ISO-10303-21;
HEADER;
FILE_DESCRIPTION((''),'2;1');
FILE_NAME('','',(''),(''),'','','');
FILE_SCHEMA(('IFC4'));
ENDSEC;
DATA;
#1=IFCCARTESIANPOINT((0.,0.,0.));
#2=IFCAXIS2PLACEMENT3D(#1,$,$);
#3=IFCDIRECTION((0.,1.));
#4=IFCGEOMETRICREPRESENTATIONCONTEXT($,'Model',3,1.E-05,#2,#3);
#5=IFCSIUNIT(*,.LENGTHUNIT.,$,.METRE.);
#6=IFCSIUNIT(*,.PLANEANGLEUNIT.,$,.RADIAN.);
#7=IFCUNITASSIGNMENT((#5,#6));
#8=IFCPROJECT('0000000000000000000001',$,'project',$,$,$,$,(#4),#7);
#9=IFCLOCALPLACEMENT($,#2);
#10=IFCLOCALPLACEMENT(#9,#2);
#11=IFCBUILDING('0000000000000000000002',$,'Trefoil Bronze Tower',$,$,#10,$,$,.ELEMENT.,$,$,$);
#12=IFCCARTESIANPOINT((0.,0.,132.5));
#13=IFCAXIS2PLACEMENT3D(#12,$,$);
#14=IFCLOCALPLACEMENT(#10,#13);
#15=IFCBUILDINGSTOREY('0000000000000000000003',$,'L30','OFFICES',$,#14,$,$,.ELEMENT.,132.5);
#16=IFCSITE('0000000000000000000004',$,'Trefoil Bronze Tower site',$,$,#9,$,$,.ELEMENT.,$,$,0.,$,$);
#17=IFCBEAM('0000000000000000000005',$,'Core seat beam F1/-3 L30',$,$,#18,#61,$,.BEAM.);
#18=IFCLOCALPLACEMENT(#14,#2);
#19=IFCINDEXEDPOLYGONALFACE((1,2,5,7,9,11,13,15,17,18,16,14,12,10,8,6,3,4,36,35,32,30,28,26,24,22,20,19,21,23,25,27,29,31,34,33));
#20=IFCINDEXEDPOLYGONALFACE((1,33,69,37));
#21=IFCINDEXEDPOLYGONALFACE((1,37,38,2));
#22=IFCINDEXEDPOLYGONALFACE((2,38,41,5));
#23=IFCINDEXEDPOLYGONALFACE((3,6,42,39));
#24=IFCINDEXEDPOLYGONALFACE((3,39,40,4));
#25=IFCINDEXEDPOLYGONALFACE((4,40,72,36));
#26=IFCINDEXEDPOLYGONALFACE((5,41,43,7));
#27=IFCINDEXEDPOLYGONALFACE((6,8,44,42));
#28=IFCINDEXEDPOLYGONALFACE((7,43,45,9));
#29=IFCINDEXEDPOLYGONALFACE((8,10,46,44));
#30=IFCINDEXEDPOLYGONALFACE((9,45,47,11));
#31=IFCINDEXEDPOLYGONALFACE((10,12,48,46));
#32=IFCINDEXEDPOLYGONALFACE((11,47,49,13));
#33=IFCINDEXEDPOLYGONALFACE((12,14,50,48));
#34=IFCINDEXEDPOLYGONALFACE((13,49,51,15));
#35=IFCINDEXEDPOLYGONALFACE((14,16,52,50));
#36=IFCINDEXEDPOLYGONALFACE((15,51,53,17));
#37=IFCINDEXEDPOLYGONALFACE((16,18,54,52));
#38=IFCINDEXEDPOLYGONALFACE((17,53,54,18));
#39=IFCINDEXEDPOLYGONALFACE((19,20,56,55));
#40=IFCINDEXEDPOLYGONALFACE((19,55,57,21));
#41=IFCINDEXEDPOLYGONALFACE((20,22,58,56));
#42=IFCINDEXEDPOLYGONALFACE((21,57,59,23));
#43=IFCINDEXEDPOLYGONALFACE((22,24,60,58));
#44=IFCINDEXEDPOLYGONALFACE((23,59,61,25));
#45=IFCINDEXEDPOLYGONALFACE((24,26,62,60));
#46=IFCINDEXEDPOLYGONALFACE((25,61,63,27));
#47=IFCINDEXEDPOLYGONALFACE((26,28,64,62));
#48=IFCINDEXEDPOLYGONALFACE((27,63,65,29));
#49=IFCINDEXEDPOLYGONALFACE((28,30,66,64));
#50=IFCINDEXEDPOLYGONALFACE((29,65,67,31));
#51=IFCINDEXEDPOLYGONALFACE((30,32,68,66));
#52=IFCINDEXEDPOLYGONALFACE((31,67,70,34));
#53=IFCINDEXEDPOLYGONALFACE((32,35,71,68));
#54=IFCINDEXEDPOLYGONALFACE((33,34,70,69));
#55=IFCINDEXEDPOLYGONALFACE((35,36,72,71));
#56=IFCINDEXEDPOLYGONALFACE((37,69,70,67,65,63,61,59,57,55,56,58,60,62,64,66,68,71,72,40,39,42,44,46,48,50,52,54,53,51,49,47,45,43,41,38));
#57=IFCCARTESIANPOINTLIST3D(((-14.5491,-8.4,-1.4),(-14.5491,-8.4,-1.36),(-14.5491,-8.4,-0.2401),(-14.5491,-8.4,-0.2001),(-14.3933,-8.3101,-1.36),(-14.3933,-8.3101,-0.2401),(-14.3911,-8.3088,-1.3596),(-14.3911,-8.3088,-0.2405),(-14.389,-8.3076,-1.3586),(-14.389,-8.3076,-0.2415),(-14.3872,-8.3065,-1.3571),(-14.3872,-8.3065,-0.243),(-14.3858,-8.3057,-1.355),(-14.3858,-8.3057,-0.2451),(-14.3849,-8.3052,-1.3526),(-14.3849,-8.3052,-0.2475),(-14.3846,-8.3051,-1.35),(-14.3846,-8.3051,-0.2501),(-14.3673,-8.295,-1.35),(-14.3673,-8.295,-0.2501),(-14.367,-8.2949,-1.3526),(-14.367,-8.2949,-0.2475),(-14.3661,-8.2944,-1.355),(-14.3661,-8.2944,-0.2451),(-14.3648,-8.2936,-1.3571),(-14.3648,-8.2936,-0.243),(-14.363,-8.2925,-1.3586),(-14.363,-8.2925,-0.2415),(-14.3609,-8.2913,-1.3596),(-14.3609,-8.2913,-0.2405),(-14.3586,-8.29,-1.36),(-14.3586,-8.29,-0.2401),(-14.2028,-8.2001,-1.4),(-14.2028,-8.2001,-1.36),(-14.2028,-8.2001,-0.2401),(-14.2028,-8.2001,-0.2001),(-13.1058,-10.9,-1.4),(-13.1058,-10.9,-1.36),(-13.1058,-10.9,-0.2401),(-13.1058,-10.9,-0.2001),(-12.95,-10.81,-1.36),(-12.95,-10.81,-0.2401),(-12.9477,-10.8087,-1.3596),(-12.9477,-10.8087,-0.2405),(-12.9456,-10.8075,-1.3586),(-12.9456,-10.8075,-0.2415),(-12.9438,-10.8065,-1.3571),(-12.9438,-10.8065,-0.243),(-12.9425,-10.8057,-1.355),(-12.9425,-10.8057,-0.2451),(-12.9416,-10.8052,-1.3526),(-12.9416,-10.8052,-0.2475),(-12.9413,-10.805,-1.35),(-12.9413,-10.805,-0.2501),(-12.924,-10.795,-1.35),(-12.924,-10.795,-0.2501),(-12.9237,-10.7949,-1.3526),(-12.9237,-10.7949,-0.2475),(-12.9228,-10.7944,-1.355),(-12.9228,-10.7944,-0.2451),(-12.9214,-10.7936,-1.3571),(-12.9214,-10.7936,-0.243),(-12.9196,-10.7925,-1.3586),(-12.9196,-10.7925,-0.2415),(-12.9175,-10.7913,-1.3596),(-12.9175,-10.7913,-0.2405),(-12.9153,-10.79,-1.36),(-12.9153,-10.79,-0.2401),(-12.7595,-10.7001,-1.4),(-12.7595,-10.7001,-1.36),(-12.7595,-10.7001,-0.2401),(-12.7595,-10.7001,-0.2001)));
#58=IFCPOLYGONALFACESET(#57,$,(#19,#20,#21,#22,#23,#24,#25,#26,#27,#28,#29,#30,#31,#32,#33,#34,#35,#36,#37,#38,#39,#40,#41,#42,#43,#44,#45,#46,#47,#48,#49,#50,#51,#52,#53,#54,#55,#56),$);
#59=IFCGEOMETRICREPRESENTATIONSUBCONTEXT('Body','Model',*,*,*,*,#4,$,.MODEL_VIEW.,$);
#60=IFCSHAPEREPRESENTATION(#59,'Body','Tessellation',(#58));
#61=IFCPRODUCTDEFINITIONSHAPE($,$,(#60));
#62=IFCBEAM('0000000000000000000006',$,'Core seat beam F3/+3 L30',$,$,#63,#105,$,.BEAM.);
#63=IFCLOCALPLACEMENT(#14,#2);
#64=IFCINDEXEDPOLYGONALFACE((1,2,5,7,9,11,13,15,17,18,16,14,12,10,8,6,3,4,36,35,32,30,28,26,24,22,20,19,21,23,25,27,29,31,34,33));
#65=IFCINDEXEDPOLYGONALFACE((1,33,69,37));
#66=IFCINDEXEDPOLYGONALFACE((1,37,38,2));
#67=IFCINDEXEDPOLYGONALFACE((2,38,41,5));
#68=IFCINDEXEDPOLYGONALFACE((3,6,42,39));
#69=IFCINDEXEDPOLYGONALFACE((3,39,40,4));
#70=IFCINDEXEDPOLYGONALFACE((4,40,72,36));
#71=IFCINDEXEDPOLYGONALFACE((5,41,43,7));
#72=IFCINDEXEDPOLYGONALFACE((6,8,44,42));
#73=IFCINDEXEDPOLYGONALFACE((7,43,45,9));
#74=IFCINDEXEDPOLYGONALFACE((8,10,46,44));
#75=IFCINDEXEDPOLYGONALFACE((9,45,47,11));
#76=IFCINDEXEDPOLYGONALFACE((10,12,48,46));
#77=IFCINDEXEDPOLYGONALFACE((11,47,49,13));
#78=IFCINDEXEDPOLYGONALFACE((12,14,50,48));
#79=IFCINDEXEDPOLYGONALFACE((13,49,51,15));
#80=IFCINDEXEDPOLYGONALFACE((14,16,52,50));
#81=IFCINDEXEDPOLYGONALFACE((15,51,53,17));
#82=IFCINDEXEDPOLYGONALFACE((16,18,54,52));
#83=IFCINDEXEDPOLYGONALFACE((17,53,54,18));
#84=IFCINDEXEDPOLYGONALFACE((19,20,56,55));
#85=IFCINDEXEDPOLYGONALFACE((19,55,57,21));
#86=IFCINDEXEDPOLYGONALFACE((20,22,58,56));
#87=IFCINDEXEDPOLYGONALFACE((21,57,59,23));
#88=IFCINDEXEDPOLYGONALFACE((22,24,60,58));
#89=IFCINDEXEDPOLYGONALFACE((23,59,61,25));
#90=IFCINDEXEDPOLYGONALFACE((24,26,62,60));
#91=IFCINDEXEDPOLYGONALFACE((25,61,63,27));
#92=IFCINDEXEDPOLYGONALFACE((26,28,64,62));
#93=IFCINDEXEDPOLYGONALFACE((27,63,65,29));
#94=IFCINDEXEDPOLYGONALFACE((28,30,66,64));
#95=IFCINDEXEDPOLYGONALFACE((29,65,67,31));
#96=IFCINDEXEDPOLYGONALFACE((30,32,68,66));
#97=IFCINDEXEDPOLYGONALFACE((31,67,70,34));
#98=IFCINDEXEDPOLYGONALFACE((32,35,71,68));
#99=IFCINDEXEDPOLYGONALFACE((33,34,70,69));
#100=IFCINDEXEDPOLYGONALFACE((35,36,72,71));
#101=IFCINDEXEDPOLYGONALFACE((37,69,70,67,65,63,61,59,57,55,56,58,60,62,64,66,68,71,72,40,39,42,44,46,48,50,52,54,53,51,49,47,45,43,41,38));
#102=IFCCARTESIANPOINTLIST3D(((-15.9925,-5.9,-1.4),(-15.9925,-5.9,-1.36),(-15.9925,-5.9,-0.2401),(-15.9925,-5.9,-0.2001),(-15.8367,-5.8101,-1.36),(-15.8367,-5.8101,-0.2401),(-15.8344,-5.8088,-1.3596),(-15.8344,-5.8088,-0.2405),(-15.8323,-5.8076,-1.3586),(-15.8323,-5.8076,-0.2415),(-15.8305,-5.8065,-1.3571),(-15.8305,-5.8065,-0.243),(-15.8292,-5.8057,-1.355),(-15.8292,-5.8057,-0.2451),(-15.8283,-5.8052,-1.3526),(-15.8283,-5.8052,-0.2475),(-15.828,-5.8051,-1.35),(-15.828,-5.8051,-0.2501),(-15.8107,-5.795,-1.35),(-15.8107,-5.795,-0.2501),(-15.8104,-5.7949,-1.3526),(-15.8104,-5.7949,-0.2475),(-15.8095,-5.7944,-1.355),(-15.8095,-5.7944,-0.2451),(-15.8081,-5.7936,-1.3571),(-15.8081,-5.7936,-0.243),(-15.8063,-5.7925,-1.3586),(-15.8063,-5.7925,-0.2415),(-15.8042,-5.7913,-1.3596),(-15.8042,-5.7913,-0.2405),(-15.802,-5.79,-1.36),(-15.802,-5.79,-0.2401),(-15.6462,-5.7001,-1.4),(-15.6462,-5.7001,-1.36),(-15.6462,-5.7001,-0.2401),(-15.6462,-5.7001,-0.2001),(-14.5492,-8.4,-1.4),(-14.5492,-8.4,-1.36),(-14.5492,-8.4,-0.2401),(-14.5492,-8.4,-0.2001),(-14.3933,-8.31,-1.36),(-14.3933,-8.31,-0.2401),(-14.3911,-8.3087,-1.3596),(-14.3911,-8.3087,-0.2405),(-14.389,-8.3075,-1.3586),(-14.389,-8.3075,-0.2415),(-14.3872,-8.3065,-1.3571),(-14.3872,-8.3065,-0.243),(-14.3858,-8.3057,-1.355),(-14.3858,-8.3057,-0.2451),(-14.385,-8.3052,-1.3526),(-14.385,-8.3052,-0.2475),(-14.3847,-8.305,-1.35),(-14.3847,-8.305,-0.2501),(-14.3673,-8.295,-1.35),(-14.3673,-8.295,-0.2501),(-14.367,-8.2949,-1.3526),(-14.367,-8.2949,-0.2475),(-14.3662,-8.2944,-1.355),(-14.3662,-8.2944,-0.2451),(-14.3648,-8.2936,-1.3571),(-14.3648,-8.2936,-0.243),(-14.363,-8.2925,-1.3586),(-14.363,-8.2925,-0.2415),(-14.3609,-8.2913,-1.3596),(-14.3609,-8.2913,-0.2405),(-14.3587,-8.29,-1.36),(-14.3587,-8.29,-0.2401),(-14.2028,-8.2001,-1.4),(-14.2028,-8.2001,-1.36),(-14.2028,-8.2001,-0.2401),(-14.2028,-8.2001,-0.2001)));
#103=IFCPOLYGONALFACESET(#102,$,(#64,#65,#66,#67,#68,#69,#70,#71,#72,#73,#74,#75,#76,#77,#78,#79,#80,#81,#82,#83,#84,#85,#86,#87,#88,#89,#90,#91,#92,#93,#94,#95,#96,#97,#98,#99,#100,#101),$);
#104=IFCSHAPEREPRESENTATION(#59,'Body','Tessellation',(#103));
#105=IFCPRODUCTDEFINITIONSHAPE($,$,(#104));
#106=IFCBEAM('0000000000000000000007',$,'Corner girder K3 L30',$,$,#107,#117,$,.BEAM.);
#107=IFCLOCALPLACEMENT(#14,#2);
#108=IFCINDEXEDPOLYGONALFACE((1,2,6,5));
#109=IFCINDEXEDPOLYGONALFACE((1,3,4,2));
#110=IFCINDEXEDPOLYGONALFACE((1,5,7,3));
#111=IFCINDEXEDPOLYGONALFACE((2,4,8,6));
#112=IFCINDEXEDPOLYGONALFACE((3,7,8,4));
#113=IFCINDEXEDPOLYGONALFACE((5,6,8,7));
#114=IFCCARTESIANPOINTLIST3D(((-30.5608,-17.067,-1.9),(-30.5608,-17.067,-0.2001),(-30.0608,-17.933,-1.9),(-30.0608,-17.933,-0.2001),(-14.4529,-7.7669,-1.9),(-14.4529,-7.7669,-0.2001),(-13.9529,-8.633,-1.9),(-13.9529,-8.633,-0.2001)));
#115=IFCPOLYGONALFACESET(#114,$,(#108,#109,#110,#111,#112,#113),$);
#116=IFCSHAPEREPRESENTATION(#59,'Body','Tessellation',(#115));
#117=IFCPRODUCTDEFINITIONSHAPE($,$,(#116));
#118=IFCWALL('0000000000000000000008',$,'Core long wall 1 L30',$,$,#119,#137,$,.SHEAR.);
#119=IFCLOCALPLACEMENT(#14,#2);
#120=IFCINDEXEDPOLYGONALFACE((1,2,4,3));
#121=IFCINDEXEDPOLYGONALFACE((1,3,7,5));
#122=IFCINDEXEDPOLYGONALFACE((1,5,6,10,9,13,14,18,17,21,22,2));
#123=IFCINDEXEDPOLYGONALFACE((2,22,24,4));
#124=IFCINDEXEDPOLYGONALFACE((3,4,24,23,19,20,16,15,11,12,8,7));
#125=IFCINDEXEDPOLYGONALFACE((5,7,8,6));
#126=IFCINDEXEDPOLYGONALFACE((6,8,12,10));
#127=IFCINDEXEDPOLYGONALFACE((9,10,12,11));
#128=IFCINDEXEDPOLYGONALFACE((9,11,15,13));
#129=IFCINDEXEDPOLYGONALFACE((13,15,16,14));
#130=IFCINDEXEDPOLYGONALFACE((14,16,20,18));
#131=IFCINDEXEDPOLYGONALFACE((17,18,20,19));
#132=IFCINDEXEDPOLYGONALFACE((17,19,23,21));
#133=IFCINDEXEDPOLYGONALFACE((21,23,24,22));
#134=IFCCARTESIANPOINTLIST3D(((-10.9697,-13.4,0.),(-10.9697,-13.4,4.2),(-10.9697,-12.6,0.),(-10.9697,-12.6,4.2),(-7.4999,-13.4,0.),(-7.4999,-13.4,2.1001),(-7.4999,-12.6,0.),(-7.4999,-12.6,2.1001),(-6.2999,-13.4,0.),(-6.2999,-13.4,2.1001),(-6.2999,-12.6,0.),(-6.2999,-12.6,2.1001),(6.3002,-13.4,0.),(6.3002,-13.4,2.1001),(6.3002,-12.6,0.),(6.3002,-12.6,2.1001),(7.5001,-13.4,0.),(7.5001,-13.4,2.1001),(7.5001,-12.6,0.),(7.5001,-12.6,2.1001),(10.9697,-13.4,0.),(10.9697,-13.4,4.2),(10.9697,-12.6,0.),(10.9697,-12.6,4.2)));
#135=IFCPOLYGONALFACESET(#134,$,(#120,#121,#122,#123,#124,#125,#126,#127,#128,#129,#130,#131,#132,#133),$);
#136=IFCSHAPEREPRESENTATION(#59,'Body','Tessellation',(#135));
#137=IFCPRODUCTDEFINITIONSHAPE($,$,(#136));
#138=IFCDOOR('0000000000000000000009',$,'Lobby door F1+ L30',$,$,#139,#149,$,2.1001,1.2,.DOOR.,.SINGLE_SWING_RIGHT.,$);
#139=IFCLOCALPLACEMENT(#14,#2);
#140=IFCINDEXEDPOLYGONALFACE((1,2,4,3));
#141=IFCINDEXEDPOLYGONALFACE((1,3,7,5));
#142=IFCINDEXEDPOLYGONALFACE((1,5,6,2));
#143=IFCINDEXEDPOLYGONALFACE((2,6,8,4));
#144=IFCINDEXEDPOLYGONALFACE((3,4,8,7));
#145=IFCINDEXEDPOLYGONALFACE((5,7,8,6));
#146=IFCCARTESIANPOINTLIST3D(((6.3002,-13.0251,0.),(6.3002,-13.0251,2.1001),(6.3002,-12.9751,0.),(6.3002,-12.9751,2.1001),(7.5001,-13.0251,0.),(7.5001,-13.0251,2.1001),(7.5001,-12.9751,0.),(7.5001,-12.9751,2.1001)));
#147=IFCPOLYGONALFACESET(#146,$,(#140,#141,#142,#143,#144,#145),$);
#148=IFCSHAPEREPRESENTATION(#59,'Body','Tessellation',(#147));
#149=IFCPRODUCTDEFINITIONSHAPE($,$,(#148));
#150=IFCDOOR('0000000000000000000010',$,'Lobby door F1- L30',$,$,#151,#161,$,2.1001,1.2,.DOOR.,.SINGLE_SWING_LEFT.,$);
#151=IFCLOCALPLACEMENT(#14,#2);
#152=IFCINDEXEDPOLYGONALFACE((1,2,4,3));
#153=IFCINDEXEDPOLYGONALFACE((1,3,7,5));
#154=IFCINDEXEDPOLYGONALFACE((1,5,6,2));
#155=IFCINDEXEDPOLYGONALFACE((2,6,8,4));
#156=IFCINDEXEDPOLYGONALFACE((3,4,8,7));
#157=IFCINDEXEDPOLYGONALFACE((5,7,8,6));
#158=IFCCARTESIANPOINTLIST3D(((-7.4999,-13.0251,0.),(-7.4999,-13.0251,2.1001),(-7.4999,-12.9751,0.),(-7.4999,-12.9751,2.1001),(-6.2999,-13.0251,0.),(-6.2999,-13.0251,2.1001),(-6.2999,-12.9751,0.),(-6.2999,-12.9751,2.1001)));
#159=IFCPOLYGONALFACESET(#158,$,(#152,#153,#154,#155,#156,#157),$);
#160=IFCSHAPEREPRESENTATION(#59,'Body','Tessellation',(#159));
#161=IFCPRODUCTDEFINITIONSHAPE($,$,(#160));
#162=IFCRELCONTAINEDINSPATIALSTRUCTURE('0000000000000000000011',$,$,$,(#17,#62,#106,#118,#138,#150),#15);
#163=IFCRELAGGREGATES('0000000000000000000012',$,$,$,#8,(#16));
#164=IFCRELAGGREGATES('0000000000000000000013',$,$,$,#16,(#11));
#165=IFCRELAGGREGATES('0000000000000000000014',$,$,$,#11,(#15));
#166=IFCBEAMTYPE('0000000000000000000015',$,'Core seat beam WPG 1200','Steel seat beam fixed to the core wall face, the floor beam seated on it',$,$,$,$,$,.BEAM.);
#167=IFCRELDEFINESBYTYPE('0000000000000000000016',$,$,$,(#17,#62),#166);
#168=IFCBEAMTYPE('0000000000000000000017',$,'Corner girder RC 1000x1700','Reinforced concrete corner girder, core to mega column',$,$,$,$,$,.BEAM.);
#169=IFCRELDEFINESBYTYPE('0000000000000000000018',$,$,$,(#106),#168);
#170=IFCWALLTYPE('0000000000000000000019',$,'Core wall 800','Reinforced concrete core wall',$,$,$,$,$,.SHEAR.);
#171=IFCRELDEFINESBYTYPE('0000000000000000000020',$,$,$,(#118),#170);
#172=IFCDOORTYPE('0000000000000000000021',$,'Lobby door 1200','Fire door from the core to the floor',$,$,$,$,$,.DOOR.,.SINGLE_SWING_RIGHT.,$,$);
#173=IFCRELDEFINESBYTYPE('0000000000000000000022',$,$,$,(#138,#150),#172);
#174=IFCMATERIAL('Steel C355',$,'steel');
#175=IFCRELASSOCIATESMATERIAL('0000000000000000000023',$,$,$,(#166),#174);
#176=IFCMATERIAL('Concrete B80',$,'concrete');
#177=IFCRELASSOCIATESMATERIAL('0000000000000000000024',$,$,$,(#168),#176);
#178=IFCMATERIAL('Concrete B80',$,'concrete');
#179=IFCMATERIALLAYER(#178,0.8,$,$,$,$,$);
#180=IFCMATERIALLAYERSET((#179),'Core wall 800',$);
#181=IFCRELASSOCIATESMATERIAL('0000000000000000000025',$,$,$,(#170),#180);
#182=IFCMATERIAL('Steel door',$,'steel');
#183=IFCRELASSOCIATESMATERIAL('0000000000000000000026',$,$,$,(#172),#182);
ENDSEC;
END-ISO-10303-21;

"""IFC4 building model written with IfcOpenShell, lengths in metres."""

from ifc_helpers import new_model, si_unit, direction, frame, frame_2d, origin, origin_2d, place, context, subcontext, project, spatial, rectangle, i_section, extrude, material, layer, layer_set, material_profile, profile_set, type_object, element, fill, save


model = new_model("IFC4")

# Units and contexts
model_context = context("Model", 3, precision=1e-05, world=origin(), true_north=direction((0.0, 1.0)))
body_context = subcontext(model_context, "Body", "Model", "MODEL_VIEW")
ifc_project = project(units=[si_unit("LENGTHUNIT", "METRE"), si_unit("PLANEANGLEUNIT", "RADIAN")], contexts=[model_context])

# Site, building, storey
site_placement = place(None, origin())
site = spatial("IfcSite", under=ifc_project, at=site_placement, Name="Trefoil Bronze Tower site", CompositionType="ELEMENT", RefElevation=0.0)
building_placement = place(site_placement, origin())
building = spatial("IfcBuilding", under=site, at=building_placement, Name="Trefoil Bronze Tower", CompositionType="ELEMENT")
storey_placement = place(building_placement, frame((0.0, 0.0, 132.5)))
storey = spatial("IfcBuildingStorey", under=building, at=storey_placement, Name="L30", Description="OFFICES", CompositionType="ELEMENT", Elevation=132.5)

# Beams
ifc_material_1 = material(Name="Steel C355", Category="steel")
ifc_material_profile_1 = material_profile(ifc_material_1, i_section(OverallWidth=0.3999, OverallDepth=1.2, WebThickness=0.02, FlangeThickness=0.04, FilletRadius=0.01, at=origin_2d()), Name="WPG 1200")
ifc_profile_set_1 = profile_set([ifc_material_profile_1], Name="Steel C355")
beam_type_1 = type_object("IfcBeamType", Name="Core seat beam WPG 1200", Description="Steel seat beam fixed to the core wall face, the floor beam seated on it", PredefinedType="BEAM", material=ifc_profile_set_1)
for number, where, z_axis, x_axis, name in (
    (1, (-14.376, -8.3, -0.8), (0.499996, -0.866028, 0.0), (0.866028, 0.499996, 0.0), "Core seat beam F1/-3 L30"),
    (2, (-15.8193, -5.8, -0.8), (0.499996, -0.866028, 0.0), (0.866028, 0.499996, 0.0), "Core seat beam F3/+3 L30"),
):
    element("IfcBeam", number, at=place(storey_placement, frame(where, z_axis=z_axis, x_axis=x_axis)), inside=storey, type_object=beam_type_1, Name=name, PredefinedType="BEAM", context=body_context, shape_type="SweptSolid", body=[
        extrude(i_section(OverallWidth=0.3999, OverallDepth=1.2, WebThickness=0.02, FlangeThickness=0.04, FilletRadius=0.01, at=origin_2d()), origin(), (0.0, 0.0, 1.0), 2.8867),
    ])
ifc_material_2 = material(Name="Concrete B80", Category="concrete")
ifc_material_profile_2 = material_profile(ifc_material_2, rectangle(XDim=1.0, YDim=1.7, at=origin_2d()), Name="RC 1000x1700")
ifc_profile_set_2 = profile_set([ifc_material_profile_2], Name="Concrete B80")
beam_type_2 = type_object("IfcBeamType", Name="Corner girder RC 1000x1700", Description="Reinforced concrete corner girder, core to mega column", PredefinedType="BEAM", material=ifc_profile_set_2)
beam_placement = place(storey_placement, frame((-14.2029, -8.2, -1.05), z_axis=(-0.866022, -0.500006, 0.0), x_axis=(0.500006, -0.866022, 0.0)))
element("IfcBeam", 3, at=beam_placement, inside=storey, type_object=beam_type_2, Name="Corner girder K3 L30", PredefinedType="BEAM", context=body_context, shape_type="SweptSolid", body=[
    extrude(rectangle(XDim=1.0, YDim=1.7, at=origin_2d()), origin(), (0.0, 0.0, 1.0), 18.5999),
])

# Wall, openings, doors
ifc_material_3 = material(Name="Concrete B80", Category="concrete")
ifc_layer_1 = layer(ifc_material_3, 0.8)
ifc_layer_set_1 = layer_set([ifc_layer_1], Name="Core wall 800")
wall_type_1 = type_object("IfcWallType", Name="Core wall 800", Description="Reinforced concrete core wall", PredefinedType="SHEAR", material=ifc_layer_set_1)
wall_1_placement = place(storey_placement, frame((-10.9697, -13.0, 0.0), z_axis=(0.0, 0.0, 1.0), x_axis=(1.0, 0.0, 0.0)))
wall_1 = element("IfcWall", 4, at=wall_1_placement, inside=storey, type_object=wall_type_1, Name="Core long wall 1 L30", PredefinedType="SHEAR", context=body_context, shape_type="SweptSolid", body=[
    extrude(rectangle(XDim=21.9395, YDim=0.8, at=frame_2d((10.9697, 0.0))), origin(), (0.0, 0.0, 1.0), 4.2),
])
opening_1_placement = place(wall_1_placement, frame((17.2698, 0.0, 0.0)))
opening_1 = element("IfcOpeningElement", 5, at=opening_1_placement, cuts=wall_1, PredefinedType="OPENING", context=body_context, shape_type="SweptSolid", body=[
    extrude(rectangle(XDim=1.2, YDim=2.1001, at=frame_2d((0.6001, 1.05))), frame((0.0, 0.4099, 0.0), z_axis=(0.0, -1.0, 0.0), x_axis=(1.0, 0.0, 0.0)), (0.0, 0.0, 1.0), 0.8201),
])
opening_2_placement = place(wall_1_placement, frame((3.4697, 0.0, 0.0)))
opening_2 = element("IfcOpeningElement", 6, at=opening_2_placement, cuts=wall_1, PredefinedType="OPENING", context=body_context, shape_type="SweptSolid", body=[
    extrude(rectangle(XDim=1.2, YDim=2.1001, at=frame_2d((0.6001, 1.05))), frame((0.0, 0.4099, 0.0), z_axis=(0.0, -1.0, 0.0), x_axis=(1.0, 0.0, 0.0)), (0.0, 0.0, 1.0), 0.8201),
])
ifc_material_4 = material(Name="Steel door", Category="steel")
door_type_1 = type_object("IfcDoorType", Name="Lobby door 1200", Description="Fire door from the core to the floor", OperationType="SINGLE_SWING_RIGHT", PredefinedType="DOOR", material=ifc_material_4)
door_1_placement = place(opening_1_placement, origin())
door_1 = element("IfcDoor", 7, at=door_1_placement, inside=storey, type_object=door_type_1, Name="Lobby door F1+ L30", OperationType="SINGLE_SWING_RIGHT", OverallHeight=2.1001, OverallWidth=1.2, PredefinedType="DOOR", context=body_context, shape_type="SweptSolid", body=[
    extrude(rectangle(XDim=1.2, YDim=2.1001, at=frame_2d((0.6001, 1.05))), frame((0.0, 0.0249, 0.0), z_axis=(0.0, -1.0, 0.0), x_axis=(1.0, 0.0, 0.0)), (0.0, 0.0, 1.0), 0.05),
])
fill(opening_1, door_1)
door_2_placement = place(opening_2_placement, origin())
door_2 = element("IfcDoor", 8, at=door_2_placement, inside=storey, type_object=door_type_1, Name="Lobby door F1- L30", OperationType="SINGLE_SWING_LEFT", OverallHeight=2.1001, OverallWidth=1.2, PredefinedType="DOOR", context=body_context, shape_type="SweptSolid", body=[
    extrude(rectangle(XDim=1.2, YDim=2.1001, at=frame_2d((0.6001, 1.05))), frame((0.0, 0.0249, 0.0), z_axis=(0.0, -1.0, 0.0), x_axis=(1.0, 0.0, 0.0)), (0.0, 0.0, 1.0), 0.05),
])
fill(opening_2, door_2)

save(model, "model.ifc")
